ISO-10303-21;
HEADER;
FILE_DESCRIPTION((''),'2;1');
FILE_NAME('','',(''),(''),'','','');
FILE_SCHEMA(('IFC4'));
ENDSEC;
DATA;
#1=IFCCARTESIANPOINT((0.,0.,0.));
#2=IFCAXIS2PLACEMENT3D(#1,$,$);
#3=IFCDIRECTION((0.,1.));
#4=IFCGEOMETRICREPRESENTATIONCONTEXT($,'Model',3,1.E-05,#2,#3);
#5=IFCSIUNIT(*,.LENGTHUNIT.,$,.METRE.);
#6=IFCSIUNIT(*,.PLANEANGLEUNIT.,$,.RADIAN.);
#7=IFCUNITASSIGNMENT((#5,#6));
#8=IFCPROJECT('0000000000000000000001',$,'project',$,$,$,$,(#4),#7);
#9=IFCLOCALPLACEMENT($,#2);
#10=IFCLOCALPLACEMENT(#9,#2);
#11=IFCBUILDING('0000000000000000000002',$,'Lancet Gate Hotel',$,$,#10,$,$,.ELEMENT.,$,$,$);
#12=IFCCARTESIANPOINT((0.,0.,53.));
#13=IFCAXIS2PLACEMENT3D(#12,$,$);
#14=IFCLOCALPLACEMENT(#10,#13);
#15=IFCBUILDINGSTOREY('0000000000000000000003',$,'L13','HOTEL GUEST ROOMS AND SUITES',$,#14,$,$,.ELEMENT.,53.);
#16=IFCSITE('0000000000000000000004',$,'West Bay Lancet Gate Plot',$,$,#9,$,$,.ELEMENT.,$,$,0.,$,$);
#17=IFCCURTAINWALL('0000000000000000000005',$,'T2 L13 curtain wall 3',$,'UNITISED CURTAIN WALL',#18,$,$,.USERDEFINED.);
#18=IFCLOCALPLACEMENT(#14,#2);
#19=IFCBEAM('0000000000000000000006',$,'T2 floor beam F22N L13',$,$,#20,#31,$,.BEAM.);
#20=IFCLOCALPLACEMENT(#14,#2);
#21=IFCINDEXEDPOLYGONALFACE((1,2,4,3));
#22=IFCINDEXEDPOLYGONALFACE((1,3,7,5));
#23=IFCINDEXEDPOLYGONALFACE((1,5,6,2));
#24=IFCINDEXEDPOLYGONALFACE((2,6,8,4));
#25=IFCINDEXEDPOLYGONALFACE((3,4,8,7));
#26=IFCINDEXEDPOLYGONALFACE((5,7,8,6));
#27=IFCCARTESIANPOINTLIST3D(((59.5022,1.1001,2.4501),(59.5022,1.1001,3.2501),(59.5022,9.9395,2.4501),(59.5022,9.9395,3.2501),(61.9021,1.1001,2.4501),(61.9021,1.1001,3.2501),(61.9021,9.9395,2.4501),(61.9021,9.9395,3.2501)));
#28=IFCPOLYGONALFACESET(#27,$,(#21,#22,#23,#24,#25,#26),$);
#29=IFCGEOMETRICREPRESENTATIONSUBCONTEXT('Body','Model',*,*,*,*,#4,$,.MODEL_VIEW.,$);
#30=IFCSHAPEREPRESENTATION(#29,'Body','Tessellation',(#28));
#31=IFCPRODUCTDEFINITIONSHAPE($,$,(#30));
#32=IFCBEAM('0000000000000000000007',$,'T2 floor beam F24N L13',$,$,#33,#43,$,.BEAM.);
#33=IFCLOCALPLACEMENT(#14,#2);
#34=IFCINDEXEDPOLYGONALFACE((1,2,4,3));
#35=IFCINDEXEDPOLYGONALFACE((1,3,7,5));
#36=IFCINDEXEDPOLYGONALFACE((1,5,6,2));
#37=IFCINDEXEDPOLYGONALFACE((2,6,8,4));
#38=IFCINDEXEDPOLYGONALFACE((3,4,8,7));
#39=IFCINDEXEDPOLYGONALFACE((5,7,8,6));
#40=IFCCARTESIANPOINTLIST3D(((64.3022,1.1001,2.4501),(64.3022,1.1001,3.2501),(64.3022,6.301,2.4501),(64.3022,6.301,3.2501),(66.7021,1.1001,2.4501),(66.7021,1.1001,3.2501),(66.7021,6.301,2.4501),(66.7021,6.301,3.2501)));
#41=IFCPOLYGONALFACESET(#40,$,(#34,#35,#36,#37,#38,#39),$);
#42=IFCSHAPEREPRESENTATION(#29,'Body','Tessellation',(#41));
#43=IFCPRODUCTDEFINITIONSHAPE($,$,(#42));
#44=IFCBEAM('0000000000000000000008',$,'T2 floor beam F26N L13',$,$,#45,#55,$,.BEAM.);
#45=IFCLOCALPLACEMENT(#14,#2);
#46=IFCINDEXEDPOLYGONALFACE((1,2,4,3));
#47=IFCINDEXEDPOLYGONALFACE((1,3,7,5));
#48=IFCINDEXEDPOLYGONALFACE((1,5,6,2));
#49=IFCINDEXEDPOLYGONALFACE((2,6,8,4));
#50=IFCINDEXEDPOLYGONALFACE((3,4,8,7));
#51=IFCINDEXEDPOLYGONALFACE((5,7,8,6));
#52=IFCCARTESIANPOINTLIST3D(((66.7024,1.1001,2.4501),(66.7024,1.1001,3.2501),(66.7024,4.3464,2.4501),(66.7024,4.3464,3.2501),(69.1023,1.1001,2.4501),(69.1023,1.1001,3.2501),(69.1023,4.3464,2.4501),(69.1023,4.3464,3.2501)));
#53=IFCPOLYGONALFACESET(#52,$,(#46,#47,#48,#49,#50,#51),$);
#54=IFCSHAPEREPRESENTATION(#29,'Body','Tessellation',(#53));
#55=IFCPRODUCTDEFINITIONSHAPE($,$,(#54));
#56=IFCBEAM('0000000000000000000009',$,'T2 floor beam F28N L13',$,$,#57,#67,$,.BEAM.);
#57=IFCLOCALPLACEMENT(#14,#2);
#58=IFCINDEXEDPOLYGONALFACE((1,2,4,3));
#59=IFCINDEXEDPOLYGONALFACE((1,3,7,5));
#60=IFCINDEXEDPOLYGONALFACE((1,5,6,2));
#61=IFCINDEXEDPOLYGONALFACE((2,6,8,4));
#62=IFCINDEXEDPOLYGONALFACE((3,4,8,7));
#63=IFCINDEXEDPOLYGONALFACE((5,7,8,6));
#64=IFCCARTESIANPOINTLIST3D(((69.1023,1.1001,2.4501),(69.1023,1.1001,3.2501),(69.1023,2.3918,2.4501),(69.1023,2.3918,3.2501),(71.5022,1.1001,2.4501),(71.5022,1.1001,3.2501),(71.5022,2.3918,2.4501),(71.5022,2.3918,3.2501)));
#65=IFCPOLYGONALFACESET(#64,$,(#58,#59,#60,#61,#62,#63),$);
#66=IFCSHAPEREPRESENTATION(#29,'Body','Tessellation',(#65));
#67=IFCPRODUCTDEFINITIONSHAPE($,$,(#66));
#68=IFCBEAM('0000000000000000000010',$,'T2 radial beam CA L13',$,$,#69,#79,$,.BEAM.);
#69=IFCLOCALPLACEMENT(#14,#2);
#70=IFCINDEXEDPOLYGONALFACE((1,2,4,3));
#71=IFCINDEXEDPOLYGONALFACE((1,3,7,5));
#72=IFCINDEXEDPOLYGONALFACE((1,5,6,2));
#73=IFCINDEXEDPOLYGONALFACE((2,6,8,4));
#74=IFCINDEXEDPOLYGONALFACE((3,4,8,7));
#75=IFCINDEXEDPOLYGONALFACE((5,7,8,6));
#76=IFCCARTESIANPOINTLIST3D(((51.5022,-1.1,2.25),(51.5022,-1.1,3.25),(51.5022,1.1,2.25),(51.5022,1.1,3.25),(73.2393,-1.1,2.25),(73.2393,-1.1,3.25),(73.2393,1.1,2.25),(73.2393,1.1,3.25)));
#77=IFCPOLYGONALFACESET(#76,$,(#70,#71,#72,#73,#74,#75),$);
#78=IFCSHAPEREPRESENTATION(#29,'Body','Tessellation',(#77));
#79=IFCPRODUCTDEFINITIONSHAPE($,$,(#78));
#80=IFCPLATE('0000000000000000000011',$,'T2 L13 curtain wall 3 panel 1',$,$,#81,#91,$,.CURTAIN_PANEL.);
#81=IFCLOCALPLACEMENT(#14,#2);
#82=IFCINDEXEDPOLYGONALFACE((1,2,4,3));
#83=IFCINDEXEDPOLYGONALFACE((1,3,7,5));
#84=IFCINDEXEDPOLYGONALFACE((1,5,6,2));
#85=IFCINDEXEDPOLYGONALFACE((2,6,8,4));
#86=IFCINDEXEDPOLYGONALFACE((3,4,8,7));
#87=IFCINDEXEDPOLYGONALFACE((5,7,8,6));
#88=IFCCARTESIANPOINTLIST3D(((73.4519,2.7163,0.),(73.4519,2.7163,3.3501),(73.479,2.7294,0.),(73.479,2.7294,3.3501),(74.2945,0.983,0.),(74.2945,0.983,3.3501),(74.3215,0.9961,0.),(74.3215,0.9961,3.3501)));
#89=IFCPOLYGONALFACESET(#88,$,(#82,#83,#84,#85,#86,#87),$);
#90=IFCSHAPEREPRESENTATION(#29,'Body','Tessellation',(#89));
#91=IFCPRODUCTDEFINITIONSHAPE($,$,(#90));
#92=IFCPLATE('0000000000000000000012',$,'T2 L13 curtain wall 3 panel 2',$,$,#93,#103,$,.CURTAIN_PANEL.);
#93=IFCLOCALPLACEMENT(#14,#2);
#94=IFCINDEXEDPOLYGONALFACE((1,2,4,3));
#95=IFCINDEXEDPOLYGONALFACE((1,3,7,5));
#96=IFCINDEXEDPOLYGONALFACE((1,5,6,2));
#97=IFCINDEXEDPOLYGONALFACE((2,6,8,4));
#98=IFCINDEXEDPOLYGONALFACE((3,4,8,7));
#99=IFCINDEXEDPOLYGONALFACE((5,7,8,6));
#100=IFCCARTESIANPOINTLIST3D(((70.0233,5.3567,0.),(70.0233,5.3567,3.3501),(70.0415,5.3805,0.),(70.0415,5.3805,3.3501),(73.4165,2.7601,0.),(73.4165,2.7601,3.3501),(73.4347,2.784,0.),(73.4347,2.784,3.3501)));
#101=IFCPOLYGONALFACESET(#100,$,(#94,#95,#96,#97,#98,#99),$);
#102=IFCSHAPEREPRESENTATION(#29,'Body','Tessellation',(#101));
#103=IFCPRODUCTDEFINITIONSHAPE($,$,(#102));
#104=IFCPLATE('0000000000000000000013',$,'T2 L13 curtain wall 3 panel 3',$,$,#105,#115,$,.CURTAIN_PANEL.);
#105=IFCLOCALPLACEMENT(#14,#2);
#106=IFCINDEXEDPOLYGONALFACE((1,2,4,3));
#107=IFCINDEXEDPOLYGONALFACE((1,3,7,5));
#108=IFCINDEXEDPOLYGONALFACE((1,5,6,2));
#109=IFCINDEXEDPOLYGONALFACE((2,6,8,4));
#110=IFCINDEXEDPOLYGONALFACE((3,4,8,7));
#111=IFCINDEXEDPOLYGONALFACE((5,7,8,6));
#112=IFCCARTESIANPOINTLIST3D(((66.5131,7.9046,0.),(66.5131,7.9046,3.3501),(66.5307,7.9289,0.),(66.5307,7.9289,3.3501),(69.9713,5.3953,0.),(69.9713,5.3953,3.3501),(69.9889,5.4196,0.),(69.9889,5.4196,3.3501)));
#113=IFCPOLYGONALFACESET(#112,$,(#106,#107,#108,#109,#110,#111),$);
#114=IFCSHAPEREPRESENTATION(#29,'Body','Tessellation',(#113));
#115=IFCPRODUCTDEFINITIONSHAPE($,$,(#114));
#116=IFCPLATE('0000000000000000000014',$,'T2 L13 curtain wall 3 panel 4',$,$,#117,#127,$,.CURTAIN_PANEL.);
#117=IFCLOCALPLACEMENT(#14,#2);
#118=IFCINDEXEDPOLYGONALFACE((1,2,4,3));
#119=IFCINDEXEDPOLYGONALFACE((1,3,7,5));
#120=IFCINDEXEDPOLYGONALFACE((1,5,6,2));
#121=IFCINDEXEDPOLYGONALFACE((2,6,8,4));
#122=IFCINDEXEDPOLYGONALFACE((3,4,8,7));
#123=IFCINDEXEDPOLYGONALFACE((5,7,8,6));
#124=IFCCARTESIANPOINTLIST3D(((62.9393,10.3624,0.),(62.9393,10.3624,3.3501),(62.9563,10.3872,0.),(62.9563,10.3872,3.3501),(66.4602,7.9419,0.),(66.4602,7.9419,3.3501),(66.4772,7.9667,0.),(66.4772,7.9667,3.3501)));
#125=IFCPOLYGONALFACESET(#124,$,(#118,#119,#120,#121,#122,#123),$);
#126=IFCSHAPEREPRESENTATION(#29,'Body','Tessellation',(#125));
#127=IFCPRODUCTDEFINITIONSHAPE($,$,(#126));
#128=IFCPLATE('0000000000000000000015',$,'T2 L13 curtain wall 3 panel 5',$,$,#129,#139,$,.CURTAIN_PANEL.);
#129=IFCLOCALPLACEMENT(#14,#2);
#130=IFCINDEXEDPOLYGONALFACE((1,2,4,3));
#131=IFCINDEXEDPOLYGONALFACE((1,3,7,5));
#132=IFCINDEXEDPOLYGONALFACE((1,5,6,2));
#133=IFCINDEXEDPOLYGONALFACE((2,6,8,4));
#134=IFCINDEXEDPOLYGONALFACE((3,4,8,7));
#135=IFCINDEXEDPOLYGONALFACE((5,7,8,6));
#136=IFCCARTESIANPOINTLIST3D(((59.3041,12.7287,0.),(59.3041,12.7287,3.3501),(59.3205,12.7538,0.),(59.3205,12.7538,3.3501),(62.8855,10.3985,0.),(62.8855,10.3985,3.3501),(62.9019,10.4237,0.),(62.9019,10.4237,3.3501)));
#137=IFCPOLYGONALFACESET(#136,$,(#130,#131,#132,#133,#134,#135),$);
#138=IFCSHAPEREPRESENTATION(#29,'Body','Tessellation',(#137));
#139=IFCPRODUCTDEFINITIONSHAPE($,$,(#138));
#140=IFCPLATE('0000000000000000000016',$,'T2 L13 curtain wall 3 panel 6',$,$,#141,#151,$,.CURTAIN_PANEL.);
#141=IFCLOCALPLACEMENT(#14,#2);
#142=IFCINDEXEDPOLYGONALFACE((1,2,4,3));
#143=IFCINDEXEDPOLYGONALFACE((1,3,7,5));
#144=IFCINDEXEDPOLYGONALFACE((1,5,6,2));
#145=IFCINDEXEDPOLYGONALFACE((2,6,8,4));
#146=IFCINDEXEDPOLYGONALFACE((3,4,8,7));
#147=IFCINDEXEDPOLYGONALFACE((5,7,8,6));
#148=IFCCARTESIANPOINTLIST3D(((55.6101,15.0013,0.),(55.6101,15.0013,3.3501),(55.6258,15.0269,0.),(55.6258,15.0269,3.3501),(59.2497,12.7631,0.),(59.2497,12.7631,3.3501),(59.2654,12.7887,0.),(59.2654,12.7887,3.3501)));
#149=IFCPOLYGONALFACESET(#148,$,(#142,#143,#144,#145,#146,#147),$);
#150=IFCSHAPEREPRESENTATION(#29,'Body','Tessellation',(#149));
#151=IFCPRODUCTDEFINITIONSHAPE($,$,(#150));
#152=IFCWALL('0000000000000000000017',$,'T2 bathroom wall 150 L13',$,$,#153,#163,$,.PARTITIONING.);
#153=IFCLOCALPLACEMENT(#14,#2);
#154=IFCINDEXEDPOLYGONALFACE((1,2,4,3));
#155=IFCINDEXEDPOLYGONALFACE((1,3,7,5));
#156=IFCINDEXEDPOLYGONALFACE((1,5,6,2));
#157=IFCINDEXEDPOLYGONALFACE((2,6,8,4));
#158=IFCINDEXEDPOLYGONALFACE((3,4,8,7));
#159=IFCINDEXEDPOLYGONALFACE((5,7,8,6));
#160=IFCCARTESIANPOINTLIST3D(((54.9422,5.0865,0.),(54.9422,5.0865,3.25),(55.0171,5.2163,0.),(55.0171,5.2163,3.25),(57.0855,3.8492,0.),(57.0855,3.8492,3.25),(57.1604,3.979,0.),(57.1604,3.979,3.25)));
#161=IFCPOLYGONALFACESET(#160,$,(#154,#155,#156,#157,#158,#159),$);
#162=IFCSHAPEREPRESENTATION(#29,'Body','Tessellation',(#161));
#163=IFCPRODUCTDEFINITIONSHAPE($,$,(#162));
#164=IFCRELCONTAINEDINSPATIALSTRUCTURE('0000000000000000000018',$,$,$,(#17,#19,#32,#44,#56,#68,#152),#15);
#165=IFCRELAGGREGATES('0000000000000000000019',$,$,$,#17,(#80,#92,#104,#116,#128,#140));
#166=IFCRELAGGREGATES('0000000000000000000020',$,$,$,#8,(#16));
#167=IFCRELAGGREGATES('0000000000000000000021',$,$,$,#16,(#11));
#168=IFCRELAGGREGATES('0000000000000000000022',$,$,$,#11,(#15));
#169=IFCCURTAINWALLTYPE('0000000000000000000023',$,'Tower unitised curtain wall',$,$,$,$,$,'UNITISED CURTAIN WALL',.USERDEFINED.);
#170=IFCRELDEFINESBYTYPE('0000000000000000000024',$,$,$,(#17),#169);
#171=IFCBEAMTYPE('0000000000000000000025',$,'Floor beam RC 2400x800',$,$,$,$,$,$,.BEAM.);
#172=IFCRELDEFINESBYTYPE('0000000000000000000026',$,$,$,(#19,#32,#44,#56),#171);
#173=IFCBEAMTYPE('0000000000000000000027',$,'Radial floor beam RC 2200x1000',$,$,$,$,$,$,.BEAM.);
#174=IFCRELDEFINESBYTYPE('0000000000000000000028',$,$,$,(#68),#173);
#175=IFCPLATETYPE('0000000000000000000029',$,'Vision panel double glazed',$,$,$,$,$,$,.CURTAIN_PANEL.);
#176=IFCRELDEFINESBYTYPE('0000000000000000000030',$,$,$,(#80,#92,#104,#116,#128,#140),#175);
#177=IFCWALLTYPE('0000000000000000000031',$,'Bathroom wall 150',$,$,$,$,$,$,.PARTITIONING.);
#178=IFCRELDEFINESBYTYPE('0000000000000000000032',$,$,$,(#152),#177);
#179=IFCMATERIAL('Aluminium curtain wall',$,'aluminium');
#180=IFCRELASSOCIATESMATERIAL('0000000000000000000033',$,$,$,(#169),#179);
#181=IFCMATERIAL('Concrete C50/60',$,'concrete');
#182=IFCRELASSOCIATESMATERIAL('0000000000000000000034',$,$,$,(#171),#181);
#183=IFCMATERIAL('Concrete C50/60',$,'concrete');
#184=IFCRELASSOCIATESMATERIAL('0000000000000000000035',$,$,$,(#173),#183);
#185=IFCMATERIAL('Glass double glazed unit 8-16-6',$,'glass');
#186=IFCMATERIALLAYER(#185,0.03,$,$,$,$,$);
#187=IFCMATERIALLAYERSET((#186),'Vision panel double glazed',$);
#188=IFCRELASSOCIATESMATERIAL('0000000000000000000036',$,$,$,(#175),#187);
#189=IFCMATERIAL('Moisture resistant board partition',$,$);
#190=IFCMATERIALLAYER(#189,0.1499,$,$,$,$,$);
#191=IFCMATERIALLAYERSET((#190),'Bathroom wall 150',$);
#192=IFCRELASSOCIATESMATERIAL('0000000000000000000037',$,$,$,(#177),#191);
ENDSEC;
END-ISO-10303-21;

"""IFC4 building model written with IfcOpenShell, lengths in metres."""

from ifc_helpers import new_model, si_unit, direction, frame, frame_2d, origin, origin_2d, place, context, subcontext, project, spatial, rectangle, extrude, material, layer, layer_set, material_profile, profile_set, type_object, element, aggregate, save


model = new_model("IFC4")

# Units and contexts
model_context = context("Model", 3, precision=1e-05, world=origin(), true_north=direction((0.0, 1.0)))
body_context = subcontext(model_context, "Body", "Model", "MODEL_VIEW")
ifc_project = project(units=[si_unit("LENGTHUNIT", "METRE"), si_unit("PLANEANGLEUNIT", "RADIAN")], contexts=[model_context])

# Site, building, storey
site_placement = place(None, origin())
site = spatial("IfcSite", under=ifc_project, at=site_placement, Name="West Bay Lancet Gate Plot", CompositionType="ELEMENT", RefElevation=0.0)
building_placement = place(site_placement, origin())
building = spatial("IfcBuilding", under=site, at=building_placement, Name="Lancet Gate Hotel", CompositionType="ELEMENT")
storey_placement = place(building_placement, frame((0.0, 0.0, 53.0)))
storey = spatial("IfcBuildingStorey", under=building, at=storey_placement, Name="L13", Description="HOTEL GUEST ROOMS AND SUITES", CompositionType="ELEMENT", Elevation=53.0)

# Curtain wall
ifc_material_1 = material(Name="Aluminium curtain wall", Category="aluminium")
curtain_wall_type = type_object("IfcCurtainWallType", Name="Tower unitised curtain wall", ElementType="UNITISED CURTAIN WALL", PredefinedType="USERDEFINED", material=ifc_material_1)
curtain_wall_placement = place(storey_placement, origin())
curtain_wall = element("IfcCurtainWall", 1, at=curtain_wall_placement, inside=storey, type_object=curtain_wall_type, Name="T2 L13 curtain wall 3", ObjectType="UNITISED CURTAIN WALL", PredefinedType="USERDEFINED")

# Beams
ifc_material_2 = material(Name="Concrete C50/60", Category="concrete")
ifc_material_profile_1 = material_profile(ifc_material_2, rectangle(XDim=2.3999, YDim=0.8, at=origin_2d()), Name="RC 2400x800")
ifc_profile_set_1 = profile_set([ifc_material_profile_1], Name="Concrete C50/60")
beam_type_1 = type_object("IfcBeamType", Name="Floor beam RC 2400x800", PredefinedType="BEAM", material=ifc_profile_set_1)
beam_1_placement = place(storey_placement, frame((60.7021, 1.1001, 2.8501), z_axis=(0.0, 1.0, 0.0), x_axis=(-1.0, 0.0, 0.0)))
element("IfcBeam", 2, at=beam_1_placement, inside=storey, type_object=beam_type_1, Name="T2 floor beam F22N L13", PredefinedType="BEAM", context=body_context, shape_type="SweptSolid", body=[
    extrude(rectangle(XDim=2.3999, YDim=0.8, at=origin_2d()), origin(), (0.0, 0.0, 1.0), 8.8394),
])
beam_2_placement = place(storey_placement, frame((65.5022, 1.1001, 2.8501), z_axis=(0.0, 1.0, 0.0), x_axis=(-1.0, 0.0, 0.0)))
element("IfcBeam", 3, at=beam_2_placement, inside=storey, type_object=beam_type_1, Name="T2 floor beam F24N L13", PredefinedType="BEAM", context=body_context, shape_type="SweptSolid", body=[
    extrude(rectangle(XDim=2.3999, YDim=0.8, at=origin_2d()), origin(), (0.0, 0.0, 1.0), 5.2009),
])
beam_3_placement = place(storey_placement, frame((67.9023, 1.1001, 2.8501), z_axis=(0.0, 1.0, 0.0), x_axis=(-1.0, 0.0, 0.0)))
element("IfcBeam", 4, at=beam_3_placement, inside=storey, type_object=beam_type_1, Name="T2 floor beam F26N L13", PredefinedType="BEAM", context=body_context, shape_type="SweptSolid", body=[
    extrude(rectangle(XDim=2.3999, YDim=0.8, at=origin_2d()), origin(), (0.0, 0.0, 1.0), 3.2463),
])
beam_4_placement = place(storey_placement, frame((70.3022, 1.1001, 2.8501), z_axis=(0.0, 1.0, 0.0), x_axis=(-1.0, 0.0, 0.0)))
element("IfcBeam", 5, at=beam_4_placement, inside=storey, type_object=beam_type_1, Name="T2 floor beam F28N L13", PredefinedType="BEAM", context=body_context, shape_type="SweptSolid", body=[
    extrude(rectangle(XDim=2.3999, YDim=0.8, at=origin_2d()), origin(), (0.0, 0.0, 1.0), 1.2917),
])
ifc_material_3 = material(Name="Concrete C50/60", Category="concrete")
ifc_material_profile_2 = material_profile(ifc_material_3, rectangle(XDim=2.2, YDim=1.0, at=origin_2d()), Name="RC 2200x1000")
ifc_profile_set_2 = profile_set([ifc_material_profile_2], Name="Concrete C50/60")
beam_type_2 = type_object("IfcBeamType", Name="Radial floor beam RC 2200x1000", PredefinedType="BEAM", material=ifc_profile_set_2)
beam_5_placement = place(storey_placement, frame((73.2393, 0.0, 2.75), z_axis=(-1.0, 0.0, 0.0), x_axis=(0.0, -1.0, 0.0)))
element("IfcBeam", 6, at=beam_5_placement, inside=storey, type_object=beam_type_2, Name="T2 radial beam CA L13", PredefinedType="BEAM", context=body_context, shape_type="SweptSolid", body=[
    extrude(rectangle(XDim=2.2, YDim=1.0, at=origin_2d()), origin(), (0.0, 0.0, 1.0), 21.7371),
])

# Plates
ifc_material_4 = material(Name="Glass double glazed unit 8-16-6", Category="glass")
ifc_layer_1 = layer(ifc_material_4, 0.03)
ifc_layer_set_1 = layer_set([ifc_layer_1], Name="Vision panel double glazed")
plate_type = type_object("IfcPlateType", Name="Vision panel double glazed", PredefinedType="CURTAIN_PANEL", material=ifc_layer_set_1)
plate_1_placement = place(storey_placement, frame((73.8867, 1.8562, 0.0), z_axis=(0.0, 0.0, 1.0), x_axis=(-0.437169, 0.899379, 0.0)))
plate_1 = element("IfcPlate", 7, at=plate_1_placement, type_object=plate_type, Name="T2 L13 curtain wall 3 panel 1", PredefinedType="CURTAIN_PANEL", context=body_context, shape_type="SweptSolid", body=[
    extrude(rectangle(XDim=1.9272, YDim=0.03, at=origin_2d()), origin(), (0.0, 0.0, 1.0), 3.3501),
])
plate_2_placement = place(storey_placement, frame((71.729, 4.0703, 0.0), z_axis=(0.0, 0.0, 1.0), x_axis=(-0.79416, 0.607709, 0.0)))
plate_2 = element("IfcPlate", 8, at=plate_2_placement, type_object=plate_type, Name="T2 L13 curtain wall 3 panel 2", PredefinedType="CURTAIN_PANEL", context=body_context, shape_type="SweptSolid", body=[
    extrude(rectangle(XDim=4.2727, YDim=0.03, at=origin_2d()), origin(), (0.0, 0.0, 1.0), 3.3501),
])
plate_3_placement = place(storey_placement, frame((68.251, 6.6621, 0.0), z_axis=(0.0, 0.0, 1.0), x_axis=(-0.80937, 0.587299, 0.0)))
plate_3 = element("IfcPlate", 9, at=plate_3_placement, type_object=plate_type, Name="T2 L13 curtain wall 3 panel 3", PredefinedType="CURTAIN_PANEL", context=body_context, shape_type="SweptSolid", body=[
    extrude(rectangle(XDim=4.2727, YDim=0.03, at=origin_2d()), origin(), (0.0, 0.0, 1.0), 3.3501),
])
plate_4_placement = place(storey_placement, frame((64.7083, 9.1646, 0.0), z_axis=(0.0, 0.0, 1.0), x_axis=(-0.824055, 0.566509, 0.0)))
plate_4 = element("IfcPlate", 10, at=plate_4_placement, type_object=plate_type, Name="T2 L13 curtain wall 3 panel 4", PredefinedType="CURTAIN_PANEL", context=body_context, shape_type="SweptSolid", body=[
    extrude(rectangle(XDim=4.2727, YDim=0.03, at=origin_2d()), origin(), (0.0, 0.0, 1.0), 3.3501),
])
plate_5_placement = place(storey_placement, frame((61.103, 11.5762, 0.0), z_axis=(0.0, 0.0, 1.0), x_axis=(-0.838207, 0.545353, 0.0)))
plate_5 = element("IfcPlate", 11, at=plate_5_placement, type_object=plate_type, Name="T2 L13 curtain wall 3 panel 5", PredefinedType="CURTAIN_PANEL", context=body_context, shape_type="SweptSolid", body=[
    extrude(rectangle(XDim=4.2727, YDim=0.03, at=origin_2d()), origin(), (0.0, 0.0, 1.0), 3.3501),
])
plate_6_placement = place(storey_placement, frame((57.4377, 13.895, 0.0), z_axis=(0.0, 0.0, 1.0), x_axis=(-0.851815, 0.523842, 0.0)))
plate_6 = element("IfcPlate", 12, at=plate_6_placement, type_object=plate_type, Name="T2 L13 curtain wall 3 panel 6", PredefinedType="CURTAIN_PANEL", context=body_context, shape_type="SweptSolid", body=[
    extrude(rectangle(XDim=4.2727, YDim=0.03, at=origin_2d()), origin(), (0.0, 0.0, 1.0), 3.3501),
])
aggregate(curtain_wall, [plate_1, plate_2, plate_3, plate_4, plate_5, plate_6])

# Wall
ifc_material_5 = material(Name="Moisture resistant board partition")
ifc_layer_2 = layer(ifc_material_5, 0.1499)
ifc_layer_set_2 = layer_set([ifc_layer_2], Name="Bathroom wall 150")
wall_type = type_object("IfcWallType", Name="Bathroom wall 150", PredefinedType="PARTITIONING", material=ifc_layer_set_2)
wall_1_placement = place(storey_placement, frame((54.9797, 5.1514, 0.0), z_axis=(0.0, 0.0, 1.0), x_axis=(0.866049, -0.499959, 0.0)))
element("IfcWall", 13, at=wall_1_placement, inside=storey, type_object=wall_type, Name="T2 bathroom wall 150 L13", PredefinedType="PARTITIONING", context=body_context, shape_type="SweptSolid", body=[
    extrude(rectangle(XDim=2.4749, YDim=0.1499, at=frame_2d((1.2373, 0.0))), origin(), (0.0, 0.0, 1.0), 3.25),
])

save(model, "model.ifc")
